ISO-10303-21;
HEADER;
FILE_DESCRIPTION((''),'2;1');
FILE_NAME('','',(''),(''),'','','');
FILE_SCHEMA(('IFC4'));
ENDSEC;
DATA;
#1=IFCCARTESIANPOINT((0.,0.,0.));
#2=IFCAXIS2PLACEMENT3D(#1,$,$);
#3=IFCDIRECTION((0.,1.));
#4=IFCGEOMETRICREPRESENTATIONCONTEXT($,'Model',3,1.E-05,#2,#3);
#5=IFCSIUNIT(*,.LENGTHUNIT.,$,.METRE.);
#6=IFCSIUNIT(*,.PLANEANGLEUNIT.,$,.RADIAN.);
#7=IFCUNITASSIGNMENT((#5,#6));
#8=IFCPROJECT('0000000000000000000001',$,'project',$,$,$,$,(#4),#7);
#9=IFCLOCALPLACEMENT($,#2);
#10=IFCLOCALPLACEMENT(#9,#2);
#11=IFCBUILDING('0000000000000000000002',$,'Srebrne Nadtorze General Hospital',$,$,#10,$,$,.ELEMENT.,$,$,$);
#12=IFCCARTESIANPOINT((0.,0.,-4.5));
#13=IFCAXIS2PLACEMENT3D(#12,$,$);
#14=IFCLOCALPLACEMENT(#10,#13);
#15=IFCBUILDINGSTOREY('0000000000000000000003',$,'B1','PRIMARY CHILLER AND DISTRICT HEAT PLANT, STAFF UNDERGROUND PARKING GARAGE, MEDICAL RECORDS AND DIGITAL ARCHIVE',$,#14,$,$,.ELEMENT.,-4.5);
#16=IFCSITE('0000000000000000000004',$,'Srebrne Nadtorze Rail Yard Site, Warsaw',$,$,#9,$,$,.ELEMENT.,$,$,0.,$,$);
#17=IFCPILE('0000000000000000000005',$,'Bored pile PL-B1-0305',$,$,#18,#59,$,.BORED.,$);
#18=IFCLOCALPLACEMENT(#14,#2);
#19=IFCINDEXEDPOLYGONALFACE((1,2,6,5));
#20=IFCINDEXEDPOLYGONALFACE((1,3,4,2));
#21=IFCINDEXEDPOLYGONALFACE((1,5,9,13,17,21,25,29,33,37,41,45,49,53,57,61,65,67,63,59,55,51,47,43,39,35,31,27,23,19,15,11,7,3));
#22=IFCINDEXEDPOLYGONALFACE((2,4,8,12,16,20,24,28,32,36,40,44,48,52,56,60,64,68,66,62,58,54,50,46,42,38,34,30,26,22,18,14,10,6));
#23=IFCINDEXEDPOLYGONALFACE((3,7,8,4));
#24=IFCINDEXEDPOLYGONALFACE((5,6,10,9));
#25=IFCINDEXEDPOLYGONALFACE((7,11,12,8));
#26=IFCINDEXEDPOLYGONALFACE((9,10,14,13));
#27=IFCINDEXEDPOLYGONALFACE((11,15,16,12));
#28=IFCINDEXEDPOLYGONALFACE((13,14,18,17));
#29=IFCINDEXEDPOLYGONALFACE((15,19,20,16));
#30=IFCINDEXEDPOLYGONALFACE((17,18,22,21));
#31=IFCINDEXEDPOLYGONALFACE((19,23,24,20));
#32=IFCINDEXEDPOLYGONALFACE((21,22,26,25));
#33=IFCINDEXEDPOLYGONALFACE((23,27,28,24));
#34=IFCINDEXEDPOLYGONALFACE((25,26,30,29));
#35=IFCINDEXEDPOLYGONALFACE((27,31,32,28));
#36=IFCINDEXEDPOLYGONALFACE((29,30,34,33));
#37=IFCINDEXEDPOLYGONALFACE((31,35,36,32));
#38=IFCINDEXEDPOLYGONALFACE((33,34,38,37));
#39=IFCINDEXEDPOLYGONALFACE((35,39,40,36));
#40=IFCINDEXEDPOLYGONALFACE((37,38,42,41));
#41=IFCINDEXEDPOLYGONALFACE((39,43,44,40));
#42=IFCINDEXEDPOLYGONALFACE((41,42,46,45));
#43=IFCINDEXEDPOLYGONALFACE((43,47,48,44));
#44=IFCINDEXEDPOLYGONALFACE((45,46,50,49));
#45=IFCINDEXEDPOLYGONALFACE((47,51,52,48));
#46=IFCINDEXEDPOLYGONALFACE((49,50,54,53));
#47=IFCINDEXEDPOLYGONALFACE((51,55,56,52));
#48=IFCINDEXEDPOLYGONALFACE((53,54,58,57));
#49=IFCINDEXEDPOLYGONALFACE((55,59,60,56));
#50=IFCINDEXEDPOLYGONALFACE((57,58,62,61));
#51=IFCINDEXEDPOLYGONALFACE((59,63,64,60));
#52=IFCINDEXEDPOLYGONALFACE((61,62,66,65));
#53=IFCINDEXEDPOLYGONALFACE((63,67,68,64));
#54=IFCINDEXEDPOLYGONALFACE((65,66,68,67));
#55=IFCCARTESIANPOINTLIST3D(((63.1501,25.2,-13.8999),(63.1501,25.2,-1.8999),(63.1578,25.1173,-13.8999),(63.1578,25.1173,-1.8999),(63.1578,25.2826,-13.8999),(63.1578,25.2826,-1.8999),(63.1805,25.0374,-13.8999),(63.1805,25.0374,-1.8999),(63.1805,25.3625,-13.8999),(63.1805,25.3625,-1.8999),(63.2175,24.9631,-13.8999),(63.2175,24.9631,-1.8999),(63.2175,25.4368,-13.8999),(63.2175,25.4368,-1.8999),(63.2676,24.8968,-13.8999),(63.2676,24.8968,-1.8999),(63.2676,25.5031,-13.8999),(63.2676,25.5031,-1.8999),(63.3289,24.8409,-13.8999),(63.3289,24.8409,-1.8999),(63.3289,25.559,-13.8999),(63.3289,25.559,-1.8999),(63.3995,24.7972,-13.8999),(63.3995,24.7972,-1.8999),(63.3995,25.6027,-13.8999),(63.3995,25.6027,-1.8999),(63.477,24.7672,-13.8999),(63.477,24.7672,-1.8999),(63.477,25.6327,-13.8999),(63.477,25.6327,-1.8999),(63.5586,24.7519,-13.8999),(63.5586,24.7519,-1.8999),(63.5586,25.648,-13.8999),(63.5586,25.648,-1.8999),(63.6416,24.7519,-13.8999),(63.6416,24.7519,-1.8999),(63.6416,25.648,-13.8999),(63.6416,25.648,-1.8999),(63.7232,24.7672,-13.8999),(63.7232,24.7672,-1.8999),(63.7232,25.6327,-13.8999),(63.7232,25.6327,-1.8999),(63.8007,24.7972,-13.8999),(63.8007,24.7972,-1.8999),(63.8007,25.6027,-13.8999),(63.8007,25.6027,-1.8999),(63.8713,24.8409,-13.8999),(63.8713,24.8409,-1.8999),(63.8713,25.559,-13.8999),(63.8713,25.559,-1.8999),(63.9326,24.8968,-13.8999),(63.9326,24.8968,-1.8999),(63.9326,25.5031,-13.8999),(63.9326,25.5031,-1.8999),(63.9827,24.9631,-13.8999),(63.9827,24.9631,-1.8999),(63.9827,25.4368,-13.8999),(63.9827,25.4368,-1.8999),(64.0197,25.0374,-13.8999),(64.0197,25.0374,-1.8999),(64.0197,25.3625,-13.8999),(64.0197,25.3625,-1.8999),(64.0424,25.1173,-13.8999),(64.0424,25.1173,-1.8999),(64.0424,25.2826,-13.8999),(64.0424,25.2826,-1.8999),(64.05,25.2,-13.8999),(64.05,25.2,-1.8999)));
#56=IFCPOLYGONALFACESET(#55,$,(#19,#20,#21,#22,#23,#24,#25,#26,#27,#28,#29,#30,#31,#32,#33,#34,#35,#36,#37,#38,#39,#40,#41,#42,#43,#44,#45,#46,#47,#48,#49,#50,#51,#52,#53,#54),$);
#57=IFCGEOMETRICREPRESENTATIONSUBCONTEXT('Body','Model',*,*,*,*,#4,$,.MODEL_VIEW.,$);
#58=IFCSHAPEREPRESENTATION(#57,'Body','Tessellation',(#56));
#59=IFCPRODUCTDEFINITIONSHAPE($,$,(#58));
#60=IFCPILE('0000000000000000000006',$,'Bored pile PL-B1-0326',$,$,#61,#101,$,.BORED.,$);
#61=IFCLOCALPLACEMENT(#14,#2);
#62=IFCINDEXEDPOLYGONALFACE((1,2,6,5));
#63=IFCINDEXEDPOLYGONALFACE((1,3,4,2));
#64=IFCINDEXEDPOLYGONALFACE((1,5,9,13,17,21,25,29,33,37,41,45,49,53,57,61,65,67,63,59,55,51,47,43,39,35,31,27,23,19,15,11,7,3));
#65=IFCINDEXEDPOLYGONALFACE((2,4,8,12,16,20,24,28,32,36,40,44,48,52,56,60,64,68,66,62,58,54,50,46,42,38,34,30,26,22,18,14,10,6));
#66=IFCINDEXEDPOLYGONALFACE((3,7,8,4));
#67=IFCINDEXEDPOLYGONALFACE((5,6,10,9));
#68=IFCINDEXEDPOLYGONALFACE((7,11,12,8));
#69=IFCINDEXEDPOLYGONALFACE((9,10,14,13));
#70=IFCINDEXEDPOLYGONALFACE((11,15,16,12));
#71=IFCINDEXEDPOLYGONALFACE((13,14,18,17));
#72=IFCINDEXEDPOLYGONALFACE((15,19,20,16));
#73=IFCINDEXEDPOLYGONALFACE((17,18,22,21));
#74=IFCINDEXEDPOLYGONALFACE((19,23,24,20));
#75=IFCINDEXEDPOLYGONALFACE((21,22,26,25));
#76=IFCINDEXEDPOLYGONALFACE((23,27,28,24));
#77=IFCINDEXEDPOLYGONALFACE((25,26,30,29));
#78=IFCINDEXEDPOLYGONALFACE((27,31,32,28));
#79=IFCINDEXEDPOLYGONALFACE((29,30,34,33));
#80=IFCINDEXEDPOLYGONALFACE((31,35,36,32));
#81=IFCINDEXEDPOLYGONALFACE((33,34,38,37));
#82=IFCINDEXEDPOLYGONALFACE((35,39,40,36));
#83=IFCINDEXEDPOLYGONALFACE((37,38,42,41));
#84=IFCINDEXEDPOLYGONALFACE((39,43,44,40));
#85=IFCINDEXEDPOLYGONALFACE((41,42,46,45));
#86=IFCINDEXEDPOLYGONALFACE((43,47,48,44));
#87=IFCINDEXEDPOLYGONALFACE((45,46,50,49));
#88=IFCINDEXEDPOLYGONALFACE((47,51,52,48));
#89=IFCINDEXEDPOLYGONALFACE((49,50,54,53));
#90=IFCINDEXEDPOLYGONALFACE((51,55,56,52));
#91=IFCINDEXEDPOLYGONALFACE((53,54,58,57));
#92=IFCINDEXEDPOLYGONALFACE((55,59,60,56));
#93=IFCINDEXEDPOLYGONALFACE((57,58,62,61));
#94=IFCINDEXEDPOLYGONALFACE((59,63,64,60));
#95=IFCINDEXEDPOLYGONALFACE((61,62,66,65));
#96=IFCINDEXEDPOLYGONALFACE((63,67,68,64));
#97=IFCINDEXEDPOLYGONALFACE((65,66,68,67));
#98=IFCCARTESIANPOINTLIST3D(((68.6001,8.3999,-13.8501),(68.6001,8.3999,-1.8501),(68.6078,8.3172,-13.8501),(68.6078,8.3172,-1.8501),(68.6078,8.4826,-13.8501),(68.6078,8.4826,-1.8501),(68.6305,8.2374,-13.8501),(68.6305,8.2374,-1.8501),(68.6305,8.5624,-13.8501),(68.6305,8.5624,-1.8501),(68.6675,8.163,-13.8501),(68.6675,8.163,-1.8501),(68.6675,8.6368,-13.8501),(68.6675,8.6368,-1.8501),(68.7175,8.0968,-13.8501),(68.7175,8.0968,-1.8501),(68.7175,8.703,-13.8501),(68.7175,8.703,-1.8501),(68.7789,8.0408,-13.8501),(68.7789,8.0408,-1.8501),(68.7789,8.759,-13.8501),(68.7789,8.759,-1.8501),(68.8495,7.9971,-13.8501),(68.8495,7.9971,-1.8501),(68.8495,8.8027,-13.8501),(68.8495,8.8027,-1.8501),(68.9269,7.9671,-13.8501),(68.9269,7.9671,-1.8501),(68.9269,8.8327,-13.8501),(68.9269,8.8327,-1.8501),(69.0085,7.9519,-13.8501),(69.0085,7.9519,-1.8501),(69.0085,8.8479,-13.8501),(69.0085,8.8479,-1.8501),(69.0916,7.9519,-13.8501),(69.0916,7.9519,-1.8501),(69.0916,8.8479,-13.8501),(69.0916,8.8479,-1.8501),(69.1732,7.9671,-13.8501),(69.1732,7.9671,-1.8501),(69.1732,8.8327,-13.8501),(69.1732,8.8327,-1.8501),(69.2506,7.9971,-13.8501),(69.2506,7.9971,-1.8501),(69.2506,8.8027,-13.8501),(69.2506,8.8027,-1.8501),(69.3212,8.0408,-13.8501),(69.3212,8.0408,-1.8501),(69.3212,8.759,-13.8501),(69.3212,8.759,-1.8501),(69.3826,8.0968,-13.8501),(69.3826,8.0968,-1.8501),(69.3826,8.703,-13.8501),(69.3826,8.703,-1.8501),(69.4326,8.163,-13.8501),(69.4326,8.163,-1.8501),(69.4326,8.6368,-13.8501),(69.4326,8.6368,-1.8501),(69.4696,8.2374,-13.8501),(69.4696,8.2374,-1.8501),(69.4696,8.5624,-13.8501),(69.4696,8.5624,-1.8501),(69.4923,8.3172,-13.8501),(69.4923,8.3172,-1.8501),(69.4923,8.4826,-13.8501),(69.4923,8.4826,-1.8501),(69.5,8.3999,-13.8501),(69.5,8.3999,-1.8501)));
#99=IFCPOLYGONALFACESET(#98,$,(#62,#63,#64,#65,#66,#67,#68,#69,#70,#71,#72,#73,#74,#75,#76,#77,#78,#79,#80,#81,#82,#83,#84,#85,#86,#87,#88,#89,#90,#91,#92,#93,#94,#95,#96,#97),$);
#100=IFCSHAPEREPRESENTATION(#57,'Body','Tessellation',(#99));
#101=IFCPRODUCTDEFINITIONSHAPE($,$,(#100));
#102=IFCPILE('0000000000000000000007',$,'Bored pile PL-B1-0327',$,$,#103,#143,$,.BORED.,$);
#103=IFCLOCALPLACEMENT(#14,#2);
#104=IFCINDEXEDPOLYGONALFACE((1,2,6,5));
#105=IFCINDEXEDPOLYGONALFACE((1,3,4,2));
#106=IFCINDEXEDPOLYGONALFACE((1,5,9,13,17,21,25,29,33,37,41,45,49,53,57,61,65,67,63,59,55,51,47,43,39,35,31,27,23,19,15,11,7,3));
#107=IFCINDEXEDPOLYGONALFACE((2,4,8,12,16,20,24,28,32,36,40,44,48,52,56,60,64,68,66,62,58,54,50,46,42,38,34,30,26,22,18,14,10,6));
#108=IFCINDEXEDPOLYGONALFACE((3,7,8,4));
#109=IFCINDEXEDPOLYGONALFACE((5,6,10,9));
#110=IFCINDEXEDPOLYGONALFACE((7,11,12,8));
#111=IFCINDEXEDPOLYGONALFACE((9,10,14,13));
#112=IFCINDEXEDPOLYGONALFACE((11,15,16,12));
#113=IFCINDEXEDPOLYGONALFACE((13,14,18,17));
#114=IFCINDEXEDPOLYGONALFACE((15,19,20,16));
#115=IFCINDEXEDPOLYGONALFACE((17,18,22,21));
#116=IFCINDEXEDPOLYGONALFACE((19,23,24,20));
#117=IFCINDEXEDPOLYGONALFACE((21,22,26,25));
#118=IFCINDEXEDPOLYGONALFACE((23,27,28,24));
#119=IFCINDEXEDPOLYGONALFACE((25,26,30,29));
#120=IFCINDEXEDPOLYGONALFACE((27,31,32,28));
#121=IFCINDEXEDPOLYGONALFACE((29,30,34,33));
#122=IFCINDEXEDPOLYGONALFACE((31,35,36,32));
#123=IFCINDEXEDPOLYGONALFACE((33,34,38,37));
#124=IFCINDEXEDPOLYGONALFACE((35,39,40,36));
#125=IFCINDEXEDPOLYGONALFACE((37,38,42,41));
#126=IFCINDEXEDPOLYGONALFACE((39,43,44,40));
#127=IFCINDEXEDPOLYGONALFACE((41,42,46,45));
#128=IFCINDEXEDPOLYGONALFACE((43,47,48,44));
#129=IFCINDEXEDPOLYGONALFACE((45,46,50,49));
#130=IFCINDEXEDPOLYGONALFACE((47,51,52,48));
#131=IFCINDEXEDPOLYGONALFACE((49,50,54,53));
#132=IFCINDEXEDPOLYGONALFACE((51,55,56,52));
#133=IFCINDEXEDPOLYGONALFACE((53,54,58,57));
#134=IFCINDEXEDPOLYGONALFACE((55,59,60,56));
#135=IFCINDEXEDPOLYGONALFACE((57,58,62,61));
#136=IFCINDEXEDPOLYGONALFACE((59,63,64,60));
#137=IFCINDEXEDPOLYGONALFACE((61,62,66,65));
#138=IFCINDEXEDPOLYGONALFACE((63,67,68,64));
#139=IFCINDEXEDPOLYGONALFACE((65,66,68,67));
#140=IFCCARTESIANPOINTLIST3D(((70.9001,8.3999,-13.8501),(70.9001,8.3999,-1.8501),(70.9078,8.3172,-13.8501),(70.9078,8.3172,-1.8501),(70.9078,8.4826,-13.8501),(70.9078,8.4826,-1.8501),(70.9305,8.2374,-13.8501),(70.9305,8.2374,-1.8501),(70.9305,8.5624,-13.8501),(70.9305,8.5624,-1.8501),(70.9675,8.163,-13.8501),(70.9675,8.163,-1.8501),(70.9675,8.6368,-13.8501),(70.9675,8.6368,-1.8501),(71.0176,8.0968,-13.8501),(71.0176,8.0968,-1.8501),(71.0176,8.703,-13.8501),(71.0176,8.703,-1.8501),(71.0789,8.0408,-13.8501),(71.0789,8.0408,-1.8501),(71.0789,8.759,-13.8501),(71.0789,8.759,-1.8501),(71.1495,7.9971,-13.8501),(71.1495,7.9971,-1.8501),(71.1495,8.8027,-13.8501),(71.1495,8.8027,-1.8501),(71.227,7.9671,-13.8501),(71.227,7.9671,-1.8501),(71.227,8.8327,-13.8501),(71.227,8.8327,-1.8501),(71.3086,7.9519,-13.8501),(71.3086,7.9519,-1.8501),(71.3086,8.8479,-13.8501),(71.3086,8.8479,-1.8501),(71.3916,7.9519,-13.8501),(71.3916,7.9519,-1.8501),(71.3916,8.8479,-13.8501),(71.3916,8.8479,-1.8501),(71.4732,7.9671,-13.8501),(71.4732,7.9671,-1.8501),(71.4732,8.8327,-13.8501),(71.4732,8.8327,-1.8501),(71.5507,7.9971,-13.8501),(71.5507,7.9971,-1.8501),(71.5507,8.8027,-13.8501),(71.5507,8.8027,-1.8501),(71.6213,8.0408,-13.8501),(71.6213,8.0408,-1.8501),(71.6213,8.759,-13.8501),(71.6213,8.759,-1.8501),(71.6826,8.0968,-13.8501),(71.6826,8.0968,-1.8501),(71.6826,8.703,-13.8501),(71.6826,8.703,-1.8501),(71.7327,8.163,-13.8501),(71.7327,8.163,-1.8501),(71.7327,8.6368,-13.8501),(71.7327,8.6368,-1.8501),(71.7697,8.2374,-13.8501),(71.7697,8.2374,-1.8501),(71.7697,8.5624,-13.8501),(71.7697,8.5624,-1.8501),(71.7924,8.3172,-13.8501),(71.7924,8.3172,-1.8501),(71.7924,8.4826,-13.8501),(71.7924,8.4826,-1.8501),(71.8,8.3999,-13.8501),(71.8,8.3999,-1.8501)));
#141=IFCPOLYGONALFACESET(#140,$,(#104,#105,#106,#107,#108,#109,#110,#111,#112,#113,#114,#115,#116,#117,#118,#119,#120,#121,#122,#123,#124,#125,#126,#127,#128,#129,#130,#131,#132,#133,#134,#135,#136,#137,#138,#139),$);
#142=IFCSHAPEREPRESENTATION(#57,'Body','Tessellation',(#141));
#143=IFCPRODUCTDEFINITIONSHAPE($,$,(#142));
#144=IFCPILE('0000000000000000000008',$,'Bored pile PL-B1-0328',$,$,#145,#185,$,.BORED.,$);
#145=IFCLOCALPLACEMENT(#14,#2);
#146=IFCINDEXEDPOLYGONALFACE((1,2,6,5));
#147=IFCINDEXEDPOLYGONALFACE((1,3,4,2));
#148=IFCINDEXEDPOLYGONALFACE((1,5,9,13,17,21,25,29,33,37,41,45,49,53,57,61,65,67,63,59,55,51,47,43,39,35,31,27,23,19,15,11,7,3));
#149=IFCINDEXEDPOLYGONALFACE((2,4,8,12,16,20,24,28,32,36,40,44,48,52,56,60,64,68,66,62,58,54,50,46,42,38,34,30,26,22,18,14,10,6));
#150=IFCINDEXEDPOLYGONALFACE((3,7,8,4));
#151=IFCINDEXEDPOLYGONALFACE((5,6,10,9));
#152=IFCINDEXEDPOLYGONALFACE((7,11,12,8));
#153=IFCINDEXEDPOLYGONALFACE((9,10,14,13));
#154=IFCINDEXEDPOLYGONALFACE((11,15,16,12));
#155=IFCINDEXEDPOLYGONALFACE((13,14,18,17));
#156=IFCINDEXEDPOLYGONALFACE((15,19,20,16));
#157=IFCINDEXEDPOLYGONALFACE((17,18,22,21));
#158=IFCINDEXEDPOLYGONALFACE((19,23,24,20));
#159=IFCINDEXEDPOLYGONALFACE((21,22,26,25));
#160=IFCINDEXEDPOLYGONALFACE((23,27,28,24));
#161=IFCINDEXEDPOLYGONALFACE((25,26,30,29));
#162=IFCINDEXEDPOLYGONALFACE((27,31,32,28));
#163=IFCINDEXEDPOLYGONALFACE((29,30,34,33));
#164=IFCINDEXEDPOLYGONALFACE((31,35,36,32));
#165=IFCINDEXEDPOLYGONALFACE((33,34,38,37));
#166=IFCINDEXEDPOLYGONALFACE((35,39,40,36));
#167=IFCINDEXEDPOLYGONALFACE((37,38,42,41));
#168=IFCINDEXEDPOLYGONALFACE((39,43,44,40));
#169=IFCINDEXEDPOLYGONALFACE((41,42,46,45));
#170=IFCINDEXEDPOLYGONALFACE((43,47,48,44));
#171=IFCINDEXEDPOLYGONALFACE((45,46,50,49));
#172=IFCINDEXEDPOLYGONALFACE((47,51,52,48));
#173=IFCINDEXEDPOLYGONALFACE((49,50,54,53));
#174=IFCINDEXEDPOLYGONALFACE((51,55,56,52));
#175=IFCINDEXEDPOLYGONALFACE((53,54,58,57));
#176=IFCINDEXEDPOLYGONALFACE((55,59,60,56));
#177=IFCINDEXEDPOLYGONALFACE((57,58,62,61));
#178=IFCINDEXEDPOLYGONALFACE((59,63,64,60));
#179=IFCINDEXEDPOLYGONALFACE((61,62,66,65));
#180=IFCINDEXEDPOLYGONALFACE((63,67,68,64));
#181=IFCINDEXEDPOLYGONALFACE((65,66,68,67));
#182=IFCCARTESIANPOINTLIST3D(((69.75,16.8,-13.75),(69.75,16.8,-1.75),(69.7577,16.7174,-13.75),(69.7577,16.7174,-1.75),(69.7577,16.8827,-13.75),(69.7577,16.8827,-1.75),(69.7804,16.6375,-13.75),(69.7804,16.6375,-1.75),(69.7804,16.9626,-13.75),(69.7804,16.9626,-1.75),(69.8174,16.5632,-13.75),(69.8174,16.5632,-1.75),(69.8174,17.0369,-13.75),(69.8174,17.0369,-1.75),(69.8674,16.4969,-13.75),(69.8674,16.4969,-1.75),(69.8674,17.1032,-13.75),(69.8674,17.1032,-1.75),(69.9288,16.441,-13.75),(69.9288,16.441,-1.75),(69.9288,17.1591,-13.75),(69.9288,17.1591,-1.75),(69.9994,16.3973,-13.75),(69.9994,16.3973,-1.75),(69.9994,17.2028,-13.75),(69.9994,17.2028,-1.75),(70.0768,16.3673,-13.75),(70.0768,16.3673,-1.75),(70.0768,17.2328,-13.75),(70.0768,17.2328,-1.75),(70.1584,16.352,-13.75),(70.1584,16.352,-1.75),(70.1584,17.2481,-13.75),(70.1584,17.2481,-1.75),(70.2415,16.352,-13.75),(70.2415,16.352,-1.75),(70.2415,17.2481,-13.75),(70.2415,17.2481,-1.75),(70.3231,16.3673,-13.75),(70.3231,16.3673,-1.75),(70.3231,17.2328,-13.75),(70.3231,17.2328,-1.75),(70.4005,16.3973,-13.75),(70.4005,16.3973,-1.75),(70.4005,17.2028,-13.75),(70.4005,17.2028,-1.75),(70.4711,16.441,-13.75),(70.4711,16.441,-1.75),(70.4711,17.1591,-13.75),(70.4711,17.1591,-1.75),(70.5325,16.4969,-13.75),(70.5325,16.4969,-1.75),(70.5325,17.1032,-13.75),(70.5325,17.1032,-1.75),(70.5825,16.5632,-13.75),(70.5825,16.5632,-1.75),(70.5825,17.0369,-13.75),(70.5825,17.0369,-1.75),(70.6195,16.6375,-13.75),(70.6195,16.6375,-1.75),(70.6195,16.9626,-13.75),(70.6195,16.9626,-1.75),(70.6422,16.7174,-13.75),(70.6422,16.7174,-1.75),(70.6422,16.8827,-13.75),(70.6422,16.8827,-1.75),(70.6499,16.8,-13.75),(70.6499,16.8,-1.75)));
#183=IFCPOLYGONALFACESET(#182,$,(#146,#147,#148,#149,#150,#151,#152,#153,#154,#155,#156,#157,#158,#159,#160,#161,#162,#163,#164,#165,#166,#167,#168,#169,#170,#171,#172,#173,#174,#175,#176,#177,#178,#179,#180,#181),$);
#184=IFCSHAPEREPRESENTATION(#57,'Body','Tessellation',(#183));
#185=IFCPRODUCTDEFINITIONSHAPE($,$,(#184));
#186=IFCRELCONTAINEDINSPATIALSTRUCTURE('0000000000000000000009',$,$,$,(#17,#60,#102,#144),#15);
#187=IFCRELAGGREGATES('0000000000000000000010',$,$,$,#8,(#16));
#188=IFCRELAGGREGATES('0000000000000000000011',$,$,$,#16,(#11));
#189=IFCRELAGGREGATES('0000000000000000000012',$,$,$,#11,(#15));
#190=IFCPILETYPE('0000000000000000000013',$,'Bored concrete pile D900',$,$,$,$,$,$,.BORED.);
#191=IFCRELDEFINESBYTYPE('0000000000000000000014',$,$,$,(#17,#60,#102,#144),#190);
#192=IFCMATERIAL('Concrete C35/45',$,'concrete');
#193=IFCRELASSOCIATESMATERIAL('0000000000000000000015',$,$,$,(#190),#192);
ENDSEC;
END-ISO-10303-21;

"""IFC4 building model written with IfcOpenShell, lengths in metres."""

from ifc_helpers import new_model, si_unit, direction, frame, origin, origin_2d, place, context, subcontext, project, spatial, circle, extrude, material, material_profile, profile_set, type_object, element, save


model = new_model("IFC4")

# Units and contexts
model_context = context("Model", 3, precision=1e-05, world=origin(), true_north=direction((0.0, 1.0)))
body_context = subcontext(model_context, "Body", "Model", "MODEL_VIEW")
ifc_project = project(units=[si_unit("LENGTHUNIT", "METRE"), si_unit("PLANEANGLEUNIT", "RADIAN")], contexts=[model_context])

# Site, building, storey
site_placement = place(None, origin())
site = spatial("IfcSite", under=ifc_project, at=site_placement, Name="Srebrne Nadtorze Rail Yard Site, Warsaw", CompositionType="ELEMENT", RefElevation=0.0)
building_placement = place(site_placement, origin())
building = spatial("IfcBuilding", under=site, at=building_placement, Name="Srebrne Nadtorze General Hospital", CompositionType="ELEMENT")
storey_placement = place(building_placement, frame((0.0, 0.0, -4.5)))
storey = spatial("IfcBuildingStorey", under=building, at=storey_placement, Name="B1", Description="PRIMARY CHILLER AND DISTRICT HEAT PLANT, STAFF UNDERGROUND PARKING GARAGE, MEDICAL RECORDS AND DIGITAL ARCHIVE", CompositionType="ELEMENT", Elevation=-4.5)

# Piles
ifc_material_1 = material(Name="Concrete C35/45", Category="concrete")
ifc_material_profile_1 = material_profile(ifc_material_1, circle(Radius=0.45, at=origin_2d()), Name="PILE-D900")
ifc_profile_set_1 = profile_set([ifc_material_profile_1], Name="Concrete C35/45")
pile_type = type_object("IfcPileType", Name="Bored concrete pile D900", PredefinedType="BORED", material=ifc_profile_set_1)
for number, where, z_axis, x_axis, name in (
    (1, (63.6001, 25.2, -1.8999), (0.0, 0.0, -1.0), (1.0, 0.0, 0.0), "Bored pile PL-B1-0305"),
    (2, (69.05, 8.3999, -1.8501), (0.0, 0.0, -1.0), (1.0, 0.0, 0.0), "Bored pile PL-B1-0326"),
    (3, (71.3501, 8.3999, -1.8501), (0.0, 0.0, -1.0), (1.0, 0.0, 0.0), "Bored pile PL-B1-0327"),
    (4, (70.2, 16.8, -1.75), (0.0, 0.0, -1.0), (1.0, 0.0, 0.0), "Bored pile PL-B1-0328"),
):
    element("IfcPile", number, at=place(storey_placement, frame(where, z_axis=z_axis, x_axis=x_axis)), inside=storey, type_object=pile_type, Name=name, PredefinedType="BORED", context=body_context, shape_type="SweptSolid", body=[
        extrude(circle(Radius=0.45, at=origin_2d()), origin(), (0.0, 0.0, 1.0), 12.0),
    ])

save(model, "model.ifc")
